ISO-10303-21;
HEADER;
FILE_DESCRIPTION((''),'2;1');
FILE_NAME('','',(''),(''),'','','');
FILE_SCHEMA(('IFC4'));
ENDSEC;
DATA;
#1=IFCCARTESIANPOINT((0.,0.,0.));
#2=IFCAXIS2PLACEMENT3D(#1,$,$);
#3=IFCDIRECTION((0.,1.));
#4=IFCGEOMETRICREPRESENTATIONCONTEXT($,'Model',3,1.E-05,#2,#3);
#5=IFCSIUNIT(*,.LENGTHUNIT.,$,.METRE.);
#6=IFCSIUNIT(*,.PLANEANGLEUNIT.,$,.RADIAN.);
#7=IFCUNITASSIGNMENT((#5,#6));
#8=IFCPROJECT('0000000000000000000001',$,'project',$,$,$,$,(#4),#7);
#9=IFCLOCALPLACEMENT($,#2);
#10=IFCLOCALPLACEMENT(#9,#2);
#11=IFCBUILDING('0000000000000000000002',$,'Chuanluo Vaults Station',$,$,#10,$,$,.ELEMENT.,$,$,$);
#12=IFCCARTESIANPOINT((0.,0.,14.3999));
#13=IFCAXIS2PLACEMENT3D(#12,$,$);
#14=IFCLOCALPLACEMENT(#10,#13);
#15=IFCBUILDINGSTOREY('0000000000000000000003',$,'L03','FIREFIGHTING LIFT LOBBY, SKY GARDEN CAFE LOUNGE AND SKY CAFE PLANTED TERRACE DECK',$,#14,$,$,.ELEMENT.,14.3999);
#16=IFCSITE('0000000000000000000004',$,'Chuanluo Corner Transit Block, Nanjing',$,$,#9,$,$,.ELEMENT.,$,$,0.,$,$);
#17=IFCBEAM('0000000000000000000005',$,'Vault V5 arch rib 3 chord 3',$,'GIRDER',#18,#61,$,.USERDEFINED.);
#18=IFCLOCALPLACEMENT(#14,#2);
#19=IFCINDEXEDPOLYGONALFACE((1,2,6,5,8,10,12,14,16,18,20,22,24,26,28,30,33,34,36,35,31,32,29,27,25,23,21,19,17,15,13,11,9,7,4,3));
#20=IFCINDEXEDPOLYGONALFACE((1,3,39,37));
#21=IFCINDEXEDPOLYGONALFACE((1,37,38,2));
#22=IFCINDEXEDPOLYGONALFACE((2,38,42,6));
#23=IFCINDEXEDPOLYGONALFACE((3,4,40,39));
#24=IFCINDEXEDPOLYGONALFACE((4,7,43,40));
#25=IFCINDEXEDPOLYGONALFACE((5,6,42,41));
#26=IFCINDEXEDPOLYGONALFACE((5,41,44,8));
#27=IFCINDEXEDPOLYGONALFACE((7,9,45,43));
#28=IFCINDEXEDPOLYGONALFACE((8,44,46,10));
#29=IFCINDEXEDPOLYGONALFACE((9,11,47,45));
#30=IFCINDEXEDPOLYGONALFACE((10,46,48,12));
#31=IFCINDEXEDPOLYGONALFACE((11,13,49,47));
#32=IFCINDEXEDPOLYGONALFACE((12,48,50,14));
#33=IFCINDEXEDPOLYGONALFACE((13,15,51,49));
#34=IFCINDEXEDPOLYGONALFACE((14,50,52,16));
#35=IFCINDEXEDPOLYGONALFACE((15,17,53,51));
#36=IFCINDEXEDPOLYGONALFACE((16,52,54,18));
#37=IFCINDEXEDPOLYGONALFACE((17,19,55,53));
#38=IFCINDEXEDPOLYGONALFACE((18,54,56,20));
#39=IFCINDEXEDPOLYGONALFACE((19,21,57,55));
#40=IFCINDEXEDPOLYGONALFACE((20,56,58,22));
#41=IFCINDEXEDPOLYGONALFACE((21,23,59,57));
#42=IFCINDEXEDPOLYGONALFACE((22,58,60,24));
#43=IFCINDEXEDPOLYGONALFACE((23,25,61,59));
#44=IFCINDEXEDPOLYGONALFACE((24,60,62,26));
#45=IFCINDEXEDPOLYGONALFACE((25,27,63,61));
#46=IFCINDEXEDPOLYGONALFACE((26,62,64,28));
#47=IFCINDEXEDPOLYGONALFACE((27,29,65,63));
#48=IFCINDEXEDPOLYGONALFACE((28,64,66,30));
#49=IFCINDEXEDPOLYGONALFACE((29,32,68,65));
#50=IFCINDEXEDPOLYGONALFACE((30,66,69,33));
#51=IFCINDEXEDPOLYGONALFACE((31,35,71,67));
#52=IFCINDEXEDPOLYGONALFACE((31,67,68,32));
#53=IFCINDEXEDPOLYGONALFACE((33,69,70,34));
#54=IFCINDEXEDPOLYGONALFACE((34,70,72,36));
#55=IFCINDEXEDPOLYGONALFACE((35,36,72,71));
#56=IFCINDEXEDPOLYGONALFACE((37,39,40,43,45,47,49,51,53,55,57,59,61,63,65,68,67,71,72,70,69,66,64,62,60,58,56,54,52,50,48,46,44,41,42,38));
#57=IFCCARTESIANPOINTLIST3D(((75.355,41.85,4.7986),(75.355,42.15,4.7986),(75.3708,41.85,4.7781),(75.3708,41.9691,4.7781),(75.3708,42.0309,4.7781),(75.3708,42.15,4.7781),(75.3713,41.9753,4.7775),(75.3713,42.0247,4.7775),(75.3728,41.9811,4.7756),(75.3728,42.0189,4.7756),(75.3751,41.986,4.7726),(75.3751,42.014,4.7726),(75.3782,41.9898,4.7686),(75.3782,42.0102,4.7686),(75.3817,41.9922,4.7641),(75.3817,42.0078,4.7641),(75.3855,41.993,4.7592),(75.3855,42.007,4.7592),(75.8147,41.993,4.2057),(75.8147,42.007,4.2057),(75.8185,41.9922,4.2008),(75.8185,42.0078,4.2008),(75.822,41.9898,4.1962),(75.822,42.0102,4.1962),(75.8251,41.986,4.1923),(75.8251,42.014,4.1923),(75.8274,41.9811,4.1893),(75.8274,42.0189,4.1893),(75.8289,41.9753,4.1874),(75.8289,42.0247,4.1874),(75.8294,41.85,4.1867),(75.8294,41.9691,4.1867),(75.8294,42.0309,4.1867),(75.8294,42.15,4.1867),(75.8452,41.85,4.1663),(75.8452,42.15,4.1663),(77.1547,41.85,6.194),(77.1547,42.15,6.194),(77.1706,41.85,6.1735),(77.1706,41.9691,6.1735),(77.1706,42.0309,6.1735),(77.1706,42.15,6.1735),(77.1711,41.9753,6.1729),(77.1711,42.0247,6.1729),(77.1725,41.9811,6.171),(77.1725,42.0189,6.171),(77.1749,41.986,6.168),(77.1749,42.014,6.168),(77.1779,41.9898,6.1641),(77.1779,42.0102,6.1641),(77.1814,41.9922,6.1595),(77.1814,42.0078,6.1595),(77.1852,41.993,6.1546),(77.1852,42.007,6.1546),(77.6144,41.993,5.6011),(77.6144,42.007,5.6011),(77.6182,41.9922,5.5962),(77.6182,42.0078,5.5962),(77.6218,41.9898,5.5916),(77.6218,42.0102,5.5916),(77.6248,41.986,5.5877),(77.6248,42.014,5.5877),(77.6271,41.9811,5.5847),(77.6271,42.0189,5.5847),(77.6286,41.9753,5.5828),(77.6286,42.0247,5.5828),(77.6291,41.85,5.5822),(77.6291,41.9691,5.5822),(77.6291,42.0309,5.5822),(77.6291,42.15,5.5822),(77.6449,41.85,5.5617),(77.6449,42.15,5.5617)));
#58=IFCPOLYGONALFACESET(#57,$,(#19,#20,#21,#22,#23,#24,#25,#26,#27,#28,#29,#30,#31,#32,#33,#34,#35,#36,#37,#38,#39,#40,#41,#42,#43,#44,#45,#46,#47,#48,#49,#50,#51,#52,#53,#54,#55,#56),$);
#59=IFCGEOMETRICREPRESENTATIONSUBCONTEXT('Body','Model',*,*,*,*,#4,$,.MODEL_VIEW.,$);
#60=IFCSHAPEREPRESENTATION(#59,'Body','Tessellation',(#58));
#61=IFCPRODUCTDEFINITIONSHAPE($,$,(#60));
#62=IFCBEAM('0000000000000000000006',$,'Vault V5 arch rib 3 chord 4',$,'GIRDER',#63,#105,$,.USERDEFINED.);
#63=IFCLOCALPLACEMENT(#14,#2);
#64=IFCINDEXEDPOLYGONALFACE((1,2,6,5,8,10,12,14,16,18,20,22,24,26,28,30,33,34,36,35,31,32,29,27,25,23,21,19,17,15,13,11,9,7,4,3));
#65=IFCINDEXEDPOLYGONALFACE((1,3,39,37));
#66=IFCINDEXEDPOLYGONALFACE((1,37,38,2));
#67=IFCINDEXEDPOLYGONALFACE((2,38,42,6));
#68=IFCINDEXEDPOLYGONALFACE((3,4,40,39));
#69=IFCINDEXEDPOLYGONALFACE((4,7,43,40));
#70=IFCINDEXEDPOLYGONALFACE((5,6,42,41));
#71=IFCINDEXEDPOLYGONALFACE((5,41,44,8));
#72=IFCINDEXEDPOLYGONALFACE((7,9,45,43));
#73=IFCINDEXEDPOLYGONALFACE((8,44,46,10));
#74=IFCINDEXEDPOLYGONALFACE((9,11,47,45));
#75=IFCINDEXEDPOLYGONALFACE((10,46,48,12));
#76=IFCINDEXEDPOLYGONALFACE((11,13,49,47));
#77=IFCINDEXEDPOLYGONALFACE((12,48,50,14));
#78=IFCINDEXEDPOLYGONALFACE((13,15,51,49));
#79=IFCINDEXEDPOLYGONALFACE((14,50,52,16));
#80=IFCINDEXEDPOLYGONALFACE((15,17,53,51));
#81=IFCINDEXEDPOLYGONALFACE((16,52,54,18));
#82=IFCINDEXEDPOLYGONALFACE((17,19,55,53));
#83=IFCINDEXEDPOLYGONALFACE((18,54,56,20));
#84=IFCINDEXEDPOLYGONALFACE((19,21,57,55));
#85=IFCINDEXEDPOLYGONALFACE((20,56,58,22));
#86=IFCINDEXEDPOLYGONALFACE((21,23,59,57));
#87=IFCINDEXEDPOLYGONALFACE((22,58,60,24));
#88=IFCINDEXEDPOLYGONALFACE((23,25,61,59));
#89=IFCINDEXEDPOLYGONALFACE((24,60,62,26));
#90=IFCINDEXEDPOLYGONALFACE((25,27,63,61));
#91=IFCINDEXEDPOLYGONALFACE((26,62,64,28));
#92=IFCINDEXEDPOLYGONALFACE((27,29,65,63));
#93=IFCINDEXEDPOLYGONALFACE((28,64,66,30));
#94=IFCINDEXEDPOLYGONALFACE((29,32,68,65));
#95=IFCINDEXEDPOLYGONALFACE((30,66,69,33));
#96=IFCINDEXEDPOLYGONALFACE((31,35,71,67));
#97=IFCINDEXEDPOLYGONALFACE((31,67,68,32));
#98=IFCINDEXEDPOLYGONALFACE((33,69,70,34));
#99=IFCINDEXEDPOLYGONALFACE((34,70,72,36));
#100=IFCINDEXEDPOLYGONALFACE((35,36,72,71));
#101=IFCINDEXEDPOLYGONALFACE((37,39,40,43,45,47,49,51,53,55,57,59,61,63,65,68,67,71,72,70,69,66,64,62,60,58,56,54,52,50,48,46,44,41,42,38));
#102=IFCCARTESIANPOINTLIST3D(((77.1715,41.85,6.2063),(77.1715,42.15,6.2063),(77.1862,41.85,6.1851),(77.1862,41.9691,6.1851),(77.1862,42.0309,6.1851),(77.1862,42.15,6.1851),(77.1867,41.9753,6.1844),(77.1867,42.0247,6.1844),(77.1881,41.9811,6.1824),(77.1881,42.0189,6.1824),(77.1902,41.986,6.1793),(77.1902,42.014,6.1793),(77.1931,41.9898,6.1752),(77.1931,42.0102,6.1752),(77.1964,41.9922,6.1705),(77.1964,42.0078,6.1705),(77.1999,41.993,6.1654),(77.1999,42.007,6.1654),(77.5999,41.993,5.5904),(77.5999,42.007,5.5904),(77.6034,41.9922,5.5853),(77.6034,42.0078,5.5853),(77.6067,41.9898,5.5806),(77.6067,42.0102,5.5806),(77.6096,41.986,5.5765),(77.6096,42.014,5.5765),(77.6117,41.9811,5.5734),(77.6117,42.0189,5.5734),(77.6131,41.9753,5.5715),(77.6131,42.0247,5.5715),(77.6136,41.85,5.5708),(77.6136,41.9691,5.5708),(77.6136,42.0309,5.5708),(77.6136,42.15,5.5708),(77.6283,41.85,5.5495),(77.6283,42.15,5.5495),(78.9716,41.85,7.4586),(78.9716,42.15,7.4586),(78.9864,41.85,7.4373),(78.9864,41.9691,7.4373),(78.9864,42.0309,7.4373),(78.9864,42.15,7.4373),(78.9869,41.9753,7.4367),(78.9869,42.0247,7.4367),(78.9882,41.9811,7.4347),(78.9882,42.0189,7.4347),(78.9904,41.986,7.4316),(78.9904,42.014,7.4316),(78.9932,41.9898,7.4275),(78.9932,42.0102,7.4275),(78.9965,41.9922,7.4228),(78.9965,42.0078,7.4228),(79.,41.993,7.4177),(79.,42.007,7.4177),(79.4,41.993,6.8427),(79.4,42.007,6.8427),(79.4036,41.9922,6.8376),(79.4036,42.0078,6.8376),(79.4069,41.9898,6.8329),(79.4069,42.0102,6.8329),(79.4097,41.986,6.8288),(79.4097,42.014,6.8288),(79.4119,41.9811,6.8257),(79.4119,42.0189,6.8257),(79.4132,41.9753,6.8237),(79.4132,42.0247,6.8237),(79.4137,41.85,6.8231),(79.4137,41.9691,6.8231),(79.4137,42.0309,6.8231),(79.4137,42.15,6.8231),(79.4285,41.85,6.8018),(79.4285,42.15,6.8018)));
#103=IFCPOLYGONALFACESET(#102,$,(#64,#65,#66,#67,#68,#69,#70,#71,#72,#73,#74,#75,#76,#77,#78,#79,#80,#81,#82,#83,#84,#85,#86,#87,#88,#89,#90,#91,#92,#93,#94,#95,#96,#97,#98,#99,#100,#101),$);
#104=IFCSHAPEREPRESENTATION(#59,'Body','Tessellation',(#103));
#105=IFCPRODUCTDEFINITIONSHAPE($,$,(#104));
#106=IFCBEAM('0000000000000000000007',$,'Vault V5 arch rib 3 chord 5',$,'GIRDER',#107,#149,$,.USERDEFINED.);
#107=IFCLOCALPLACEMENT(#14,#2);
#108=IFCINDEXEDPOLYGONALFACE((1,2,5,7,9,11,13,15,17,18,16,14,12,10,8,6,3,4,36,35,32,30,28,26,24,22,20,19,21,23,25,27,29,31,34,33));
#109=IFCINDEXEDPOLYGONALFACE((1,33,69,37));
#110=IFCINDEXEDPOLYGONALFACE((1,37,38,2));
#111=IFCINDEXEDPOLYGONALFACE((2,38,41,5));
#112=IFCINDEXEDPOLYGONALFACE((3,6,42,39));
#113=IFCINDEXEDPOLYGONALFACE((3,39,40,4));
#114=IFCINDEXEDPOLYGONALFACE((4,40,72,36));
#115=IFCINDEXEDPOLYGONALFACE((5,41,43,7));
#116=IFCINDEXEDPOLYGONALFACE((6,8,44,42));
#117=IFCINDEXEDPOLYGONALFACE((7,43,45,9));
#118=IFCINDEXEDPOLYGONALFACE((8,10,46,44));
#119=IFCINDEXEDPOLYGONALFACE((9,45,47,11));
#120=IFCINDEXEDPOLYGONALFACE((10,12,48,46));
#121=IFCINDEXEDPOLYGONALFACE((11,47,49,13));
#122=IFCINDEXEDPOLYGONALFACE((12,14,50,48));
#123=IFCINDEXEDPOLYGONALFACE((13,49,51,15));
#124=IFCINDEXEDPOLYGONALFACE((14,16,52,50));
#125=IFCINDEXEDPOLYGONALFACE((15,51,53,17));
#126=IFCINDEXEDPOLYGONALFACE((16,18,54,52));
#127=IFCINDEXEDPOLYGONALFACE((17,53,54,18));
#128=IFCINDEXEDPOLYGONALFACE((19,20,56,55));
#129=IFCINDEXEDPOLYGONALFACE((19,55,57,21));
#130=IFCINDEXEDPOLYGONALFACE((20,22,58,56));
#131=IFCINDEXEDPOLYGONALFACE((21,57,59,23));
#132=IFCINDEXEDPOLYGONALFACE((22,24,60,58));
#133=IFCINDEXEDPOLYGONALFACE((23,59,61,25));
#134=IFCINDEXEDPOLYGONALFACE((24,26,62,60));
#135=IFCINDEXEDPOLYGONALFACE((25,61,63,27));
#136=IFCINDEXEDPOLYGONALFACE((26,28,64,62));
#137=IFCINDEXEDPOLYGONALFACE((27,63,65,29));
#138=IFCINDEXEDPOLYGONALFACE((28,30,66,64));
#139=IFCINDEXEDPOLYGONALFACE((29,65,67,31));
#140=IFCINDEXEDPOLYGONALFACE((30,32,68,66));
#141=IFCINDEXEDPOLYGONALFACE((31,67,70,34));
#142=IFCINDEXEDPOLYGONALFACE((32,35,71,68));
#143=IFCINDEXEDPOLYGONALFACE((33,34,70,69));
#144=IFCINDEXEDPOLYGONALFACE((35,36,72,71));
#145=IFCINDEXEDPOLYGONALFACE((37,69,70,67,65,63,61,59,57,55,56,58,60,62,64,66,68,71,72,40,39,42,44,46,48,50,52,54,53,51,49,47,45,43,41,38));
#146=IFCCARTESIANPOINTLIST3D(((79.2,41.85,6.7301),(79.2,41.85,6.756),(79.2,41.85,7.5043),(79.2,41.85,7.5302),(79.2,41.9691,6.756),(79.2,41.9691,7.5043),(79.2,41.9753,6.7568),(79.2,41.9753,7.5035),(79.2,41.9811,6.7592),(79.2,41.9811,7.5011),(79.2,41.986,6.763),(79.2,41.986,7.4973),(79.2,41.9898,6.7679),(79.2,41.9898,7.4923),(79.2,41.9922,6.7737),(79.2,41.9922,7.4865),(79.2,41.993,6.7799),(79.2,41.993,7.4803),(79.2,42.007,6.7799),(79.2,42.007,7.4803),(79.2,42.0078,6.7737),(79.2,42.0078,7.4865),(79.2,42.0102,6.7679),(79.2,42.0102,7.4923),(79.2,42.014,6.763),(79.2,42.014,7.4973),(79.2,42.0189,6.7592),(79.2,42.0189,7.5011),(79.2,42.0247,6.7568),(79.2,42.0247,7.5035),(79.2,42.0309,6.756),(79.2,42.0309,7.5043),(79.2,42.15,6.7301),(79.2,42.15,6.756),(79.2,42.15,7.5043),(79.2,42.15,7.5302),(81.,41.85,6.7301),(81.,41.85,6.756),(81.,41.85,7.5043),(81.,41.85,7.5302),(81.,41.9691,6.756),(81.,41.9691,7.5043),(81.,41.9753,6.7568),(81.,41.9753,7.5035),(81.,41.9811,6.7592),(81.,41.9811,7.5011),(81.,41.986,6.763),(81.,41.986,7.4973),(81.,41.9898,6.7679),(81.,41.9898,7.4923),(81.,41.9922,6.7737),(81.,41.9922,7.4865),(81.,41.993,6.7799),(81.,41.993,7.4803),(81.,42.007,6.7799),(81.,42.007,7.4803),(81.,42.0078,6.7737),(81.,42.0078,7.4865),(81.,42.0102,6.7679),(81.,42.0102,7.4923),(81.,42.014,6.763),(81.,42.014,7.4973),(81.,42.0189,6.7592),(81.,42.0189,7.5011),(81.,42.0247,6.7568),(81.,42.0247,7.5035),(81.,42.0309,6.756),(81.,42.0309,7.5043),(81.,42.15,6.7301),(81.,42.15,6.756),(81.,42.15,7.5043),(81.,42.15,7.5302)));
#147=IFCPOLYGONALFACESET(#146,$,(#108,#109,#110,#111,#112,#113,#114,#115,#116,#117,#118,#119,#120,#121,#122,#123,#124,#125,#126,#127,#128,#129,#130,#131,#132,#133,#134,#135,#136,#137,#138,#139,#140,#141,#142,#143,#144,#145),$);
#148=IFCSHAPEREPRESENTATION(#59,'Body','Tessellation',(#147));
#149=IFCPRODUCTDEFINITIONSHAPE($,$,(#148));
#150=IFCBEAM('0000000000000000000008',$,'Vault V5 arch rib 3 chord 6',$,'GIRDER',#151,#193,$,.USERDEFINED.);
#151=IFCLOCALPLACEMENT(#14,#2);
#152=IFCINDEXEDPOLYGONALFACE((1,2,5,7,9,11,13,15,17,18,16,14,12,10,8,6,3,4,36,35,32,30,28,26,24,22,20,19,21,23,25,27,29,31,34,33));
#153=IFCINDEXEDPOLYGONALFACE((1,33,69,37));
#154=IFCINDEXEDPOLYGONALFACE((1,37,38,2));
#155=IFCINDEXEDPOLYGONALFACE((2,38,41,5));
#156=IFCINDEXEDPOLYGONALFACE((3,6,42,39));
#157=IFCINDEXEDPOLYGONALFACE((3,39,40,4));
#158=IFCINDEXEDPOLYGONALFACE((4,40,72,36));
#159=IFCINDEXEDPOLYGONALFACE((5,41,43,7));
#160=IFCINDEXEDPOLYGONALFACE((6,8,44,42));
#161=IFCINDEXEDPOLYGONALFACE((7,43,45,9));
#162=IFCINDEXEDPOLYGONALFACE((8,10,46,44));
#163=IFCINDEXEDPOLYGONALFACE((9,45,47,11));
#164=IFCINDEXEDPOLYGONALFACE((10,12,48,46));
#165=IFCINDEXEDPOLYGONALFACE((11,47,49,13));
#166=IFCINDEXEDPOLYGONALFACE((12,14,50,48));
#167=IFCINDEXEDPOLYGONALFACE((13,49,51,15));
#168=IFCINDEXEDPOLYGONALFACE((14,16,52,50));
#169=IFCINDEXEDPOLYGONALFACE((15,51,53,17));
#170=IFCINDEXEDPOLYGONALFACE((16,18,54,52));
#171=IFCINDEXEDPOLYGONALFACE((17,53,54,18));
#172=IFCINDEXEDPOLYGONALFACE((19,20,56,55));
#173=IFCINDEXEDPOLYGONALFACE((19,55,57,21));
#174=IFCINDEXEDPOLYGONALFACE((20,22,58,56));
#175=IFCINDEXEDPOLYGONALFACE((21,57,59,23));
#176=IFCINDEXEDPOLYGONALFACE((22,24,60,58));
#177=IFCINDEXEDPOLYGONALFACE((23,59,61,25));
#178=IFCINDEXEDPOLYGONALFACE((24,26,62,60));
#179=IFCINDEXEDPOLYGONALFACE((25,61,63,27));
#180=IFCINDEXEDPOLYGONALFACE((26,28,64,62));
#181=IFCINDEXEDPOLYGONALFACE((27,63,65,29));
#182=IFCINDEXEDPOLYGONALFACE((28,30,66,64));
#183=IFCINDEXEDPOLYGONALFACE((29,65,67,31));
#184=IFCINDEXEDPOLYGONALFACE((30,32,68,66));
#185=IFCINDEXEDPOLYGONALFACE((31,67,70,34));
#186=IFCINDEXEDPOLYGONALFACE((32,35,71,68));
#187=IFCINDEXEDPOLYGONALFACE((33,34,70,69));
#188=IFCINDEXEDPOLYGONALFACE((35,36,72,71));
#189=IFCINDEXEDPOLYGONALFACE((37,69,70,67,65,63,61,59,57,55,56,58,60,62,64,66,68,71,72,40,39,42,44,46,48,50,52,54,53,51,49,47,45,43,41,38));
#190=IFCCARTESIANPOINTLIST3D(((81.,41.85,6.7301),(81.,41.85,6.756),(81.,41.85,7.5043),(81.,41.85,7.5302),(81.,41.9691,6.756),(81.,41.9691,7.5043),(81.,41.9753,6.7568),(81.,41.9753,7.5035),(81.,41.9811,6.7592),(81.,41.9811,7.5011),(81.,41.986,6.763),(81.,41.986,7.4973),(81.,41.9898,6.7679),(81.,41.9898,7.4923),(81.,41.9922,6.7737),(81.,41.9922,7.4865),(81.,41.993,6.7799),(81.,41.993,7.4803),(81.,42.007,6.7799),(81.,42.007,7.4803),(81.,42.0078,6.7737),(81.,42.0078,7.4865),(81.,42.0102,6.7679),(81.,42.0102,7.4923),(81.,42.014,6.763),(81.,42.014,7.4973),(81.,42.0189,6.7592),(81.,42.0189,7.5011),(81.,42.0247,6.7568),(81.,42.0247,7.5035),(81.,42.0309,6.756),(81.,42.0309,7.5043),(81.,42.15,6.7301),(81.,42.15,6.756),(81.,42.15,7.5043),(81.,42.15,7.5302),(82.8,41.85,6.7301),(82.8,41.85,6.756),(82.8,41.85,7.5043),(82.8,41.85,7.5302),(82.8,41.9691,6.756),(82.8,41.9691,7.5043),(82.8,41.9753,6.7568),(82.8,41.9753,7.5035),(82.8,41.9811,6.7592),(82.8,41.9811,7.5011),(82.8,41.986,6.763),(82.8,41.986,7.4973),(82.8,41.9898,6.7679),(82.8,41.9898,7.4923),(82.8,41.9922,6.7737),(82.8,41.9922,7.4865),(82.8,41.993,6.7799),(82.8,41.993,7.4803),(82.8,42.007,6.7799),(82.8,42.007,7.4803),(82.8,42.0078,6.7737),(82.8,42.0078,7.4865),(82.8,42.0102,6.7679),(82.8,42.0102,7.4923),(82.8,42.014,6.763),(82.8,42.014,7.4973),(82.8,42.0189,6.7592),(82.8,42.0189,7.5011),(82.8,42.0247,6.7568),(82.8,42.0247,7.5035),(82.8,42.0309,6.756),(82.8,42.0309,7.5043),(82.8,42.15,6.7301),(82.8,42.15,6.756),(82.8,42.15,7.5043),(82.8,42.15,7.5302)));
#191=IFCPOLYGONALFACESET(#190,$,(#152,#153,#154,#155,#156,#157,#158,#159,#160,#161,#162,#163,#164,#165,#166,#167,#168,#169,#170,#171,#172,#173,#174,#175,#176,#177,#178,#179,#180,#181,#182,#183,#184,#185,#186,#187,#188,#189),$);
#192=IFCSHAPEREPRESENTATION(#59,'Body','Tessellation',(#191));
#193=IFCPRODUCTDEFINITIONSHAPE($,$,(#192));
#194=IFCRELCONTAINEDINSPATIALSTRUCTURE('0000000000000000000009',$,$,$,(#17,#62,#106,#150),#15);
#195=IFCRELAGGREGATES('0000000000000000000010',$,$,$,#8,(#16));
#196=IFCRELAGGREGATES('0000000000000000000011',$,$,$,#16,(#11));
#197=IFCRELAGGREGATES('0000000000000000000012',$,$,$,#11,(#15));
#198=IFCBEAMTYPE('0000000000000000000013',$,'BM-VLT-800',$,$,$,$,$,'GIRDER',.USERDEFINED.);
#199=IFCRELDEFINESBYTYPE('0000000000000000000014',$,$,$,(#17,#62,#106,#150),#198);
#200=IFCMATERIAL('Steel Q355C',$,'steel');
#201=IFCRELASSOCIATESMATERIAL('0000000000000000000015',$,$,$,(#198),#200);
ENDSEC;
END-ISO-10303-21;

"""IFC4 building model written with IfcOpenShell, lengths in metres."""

from ifc_helpers import new_model, si_unit, direction, frame, origin, origin_2d, place, context, subcontext, project, spatial, i_section, extrude, material, material_profile, profile_set, type_object, element, save


model = new_model("IFC4")

# Units and contexts
model_context = context("Model", 3, precision=1e-05, world=origin(), true_north=direction((0.0, 1.0)))
body_context = subcontext(model_context, "Body", "Model", "MODEL_VIEW")
ifc_project = project(units=[si_unit("LENGTHUNIT", "METRE"), si_unit("PLANEANGLEUNIT", "RADIAN")], contexts=[model_context])

# Site, building, storey
site_placement = place(None, origin())
site = spatial("IfcSite", under=ifc_project, at=site_placement, Name="Chuanluo Corner Transit Block, Nanjing", CompositionType="ELEMENT", RefElevation=0.0)
building_placement = place(site_placement, origin())
building = spatial("IfcBuilding", under=site, at=building_placement, Name="Chuanluo Vaults Station", CompositionType="ELEMENT")
storey_placement = place(building_placement, frame((0.0, 0.0, 14.3999)))
storey = spatial("IfcBuildingStorey", under=building, at=storey_placement, Name="L03", Description="FIREFIGHTING LIFT LOBBY, SKY GARDEN CAFE LOUNGE AND SKY CAFE PLANTED TERRACE DECK", CompositionType="ELEMENT", Elevation=14.3999)

# Beams
ifc_material_1 = material(Name="Steel Q355C", Category="steel")
ifc_material_profile_1 = material_profile(ifc_material_1, i_section(OverallWidth=0.3, OverallDepth=0.8, WebThickness=0.0139, FlangeThickness=0.0259, FilletRadius=0.0239, at=origin_2d()))
ifc_profile_set_1 = profile_set([ifc_material_profile_1], Name="Steel Q355C")
beam_type = type_object("IfcBeamType", Name="BM-VLT-800", ElementType="GIRDER", PredefinedType="USERDEFINED", material=ifc_profile_set_1)
beam_1_placement = place(storey_placement, frame((75.6001, 42.0, 4.4824), z_axis=(0.790275, 0.0, 0.612752), x_axis=(0.0, 1.0, 0.0)))
element("IfcBeam", 1, at=beam_1_placement, inside=storey, type_object=beam_type, Name="Vault V5 arch rib 3 chord 3", ObjectType="GIRDER", PredefinedType="USERDEFINED", context=body_context, shape_type="SweptSolid", body=[
    extrude(i_section(OverallWidth=0.3, OverallDepth=0.8, WebThickness=0.0139, FlangeThickness=0.0259, FilletRadius=0.0239, at=origin_2d()), origin(), (0.0, 0.0, 1.0), 2.2773),
])
beam_2_placement = place(storey_placement, frame((77.3999, 42.0, 5.8779), z_axis=(0.820907, 0.0, 0.571061), x_axis=(0.0, 1.0, 0.0)))
element("IfcBeam", 2, at=beam_2_placement, inside=storey, type_object=beam_type, Name="Vault V5 arch rib 3 chord 4", ObjectType="GIRDER", PredefinedType="USERDEFINED", context=body_context, shape_type="SweptSolid", body=[
    extrude(i_section(OverallWidth=0.3, OverallDepth=0.8, WebThickness=0.0139, FlangeThickness=0.0259, FilletRadius=0.0239, at=origin_2d()), origin(), (0.0, 0.0, 1.0), 2.1929),
])
for number, where, z_axis, x_axis, name in (
    (3, (79.2, 42.0, 7.1301), (1.0, 0.0, 0.0), (0.0, 1.0, 0.0), "Vault V5 arch rib 3 chord 5"),
    (4, (81.0, 42.0, 7.1301), (1.0, 0.0, 0.0), (0.0, 1.0, 0.0), "Vault V5 arch rib 3 chord 6"),
):
    element("IfcBeam", number, at=place(storey_placement, frame(where, z_axis=z_axis, x_axis=x_axis)), inside=storey, type_object=beam_type, Name=name, ObjectType="GIRDER", PredefinedType="USERDEFINED", context=body_context, shape_type="SweptSolid", body=[
        extrude(i_section(OverallWidth=0.3, OverallDepth=0.8, WebThickness=0.0139, FlangeThickness=0.0259, FilletRadius=0.0239, at=origin_2d()), origin(), (0.0, 0.0, 1.0), 1.8),
    ])

save(model, "model.ifc")
